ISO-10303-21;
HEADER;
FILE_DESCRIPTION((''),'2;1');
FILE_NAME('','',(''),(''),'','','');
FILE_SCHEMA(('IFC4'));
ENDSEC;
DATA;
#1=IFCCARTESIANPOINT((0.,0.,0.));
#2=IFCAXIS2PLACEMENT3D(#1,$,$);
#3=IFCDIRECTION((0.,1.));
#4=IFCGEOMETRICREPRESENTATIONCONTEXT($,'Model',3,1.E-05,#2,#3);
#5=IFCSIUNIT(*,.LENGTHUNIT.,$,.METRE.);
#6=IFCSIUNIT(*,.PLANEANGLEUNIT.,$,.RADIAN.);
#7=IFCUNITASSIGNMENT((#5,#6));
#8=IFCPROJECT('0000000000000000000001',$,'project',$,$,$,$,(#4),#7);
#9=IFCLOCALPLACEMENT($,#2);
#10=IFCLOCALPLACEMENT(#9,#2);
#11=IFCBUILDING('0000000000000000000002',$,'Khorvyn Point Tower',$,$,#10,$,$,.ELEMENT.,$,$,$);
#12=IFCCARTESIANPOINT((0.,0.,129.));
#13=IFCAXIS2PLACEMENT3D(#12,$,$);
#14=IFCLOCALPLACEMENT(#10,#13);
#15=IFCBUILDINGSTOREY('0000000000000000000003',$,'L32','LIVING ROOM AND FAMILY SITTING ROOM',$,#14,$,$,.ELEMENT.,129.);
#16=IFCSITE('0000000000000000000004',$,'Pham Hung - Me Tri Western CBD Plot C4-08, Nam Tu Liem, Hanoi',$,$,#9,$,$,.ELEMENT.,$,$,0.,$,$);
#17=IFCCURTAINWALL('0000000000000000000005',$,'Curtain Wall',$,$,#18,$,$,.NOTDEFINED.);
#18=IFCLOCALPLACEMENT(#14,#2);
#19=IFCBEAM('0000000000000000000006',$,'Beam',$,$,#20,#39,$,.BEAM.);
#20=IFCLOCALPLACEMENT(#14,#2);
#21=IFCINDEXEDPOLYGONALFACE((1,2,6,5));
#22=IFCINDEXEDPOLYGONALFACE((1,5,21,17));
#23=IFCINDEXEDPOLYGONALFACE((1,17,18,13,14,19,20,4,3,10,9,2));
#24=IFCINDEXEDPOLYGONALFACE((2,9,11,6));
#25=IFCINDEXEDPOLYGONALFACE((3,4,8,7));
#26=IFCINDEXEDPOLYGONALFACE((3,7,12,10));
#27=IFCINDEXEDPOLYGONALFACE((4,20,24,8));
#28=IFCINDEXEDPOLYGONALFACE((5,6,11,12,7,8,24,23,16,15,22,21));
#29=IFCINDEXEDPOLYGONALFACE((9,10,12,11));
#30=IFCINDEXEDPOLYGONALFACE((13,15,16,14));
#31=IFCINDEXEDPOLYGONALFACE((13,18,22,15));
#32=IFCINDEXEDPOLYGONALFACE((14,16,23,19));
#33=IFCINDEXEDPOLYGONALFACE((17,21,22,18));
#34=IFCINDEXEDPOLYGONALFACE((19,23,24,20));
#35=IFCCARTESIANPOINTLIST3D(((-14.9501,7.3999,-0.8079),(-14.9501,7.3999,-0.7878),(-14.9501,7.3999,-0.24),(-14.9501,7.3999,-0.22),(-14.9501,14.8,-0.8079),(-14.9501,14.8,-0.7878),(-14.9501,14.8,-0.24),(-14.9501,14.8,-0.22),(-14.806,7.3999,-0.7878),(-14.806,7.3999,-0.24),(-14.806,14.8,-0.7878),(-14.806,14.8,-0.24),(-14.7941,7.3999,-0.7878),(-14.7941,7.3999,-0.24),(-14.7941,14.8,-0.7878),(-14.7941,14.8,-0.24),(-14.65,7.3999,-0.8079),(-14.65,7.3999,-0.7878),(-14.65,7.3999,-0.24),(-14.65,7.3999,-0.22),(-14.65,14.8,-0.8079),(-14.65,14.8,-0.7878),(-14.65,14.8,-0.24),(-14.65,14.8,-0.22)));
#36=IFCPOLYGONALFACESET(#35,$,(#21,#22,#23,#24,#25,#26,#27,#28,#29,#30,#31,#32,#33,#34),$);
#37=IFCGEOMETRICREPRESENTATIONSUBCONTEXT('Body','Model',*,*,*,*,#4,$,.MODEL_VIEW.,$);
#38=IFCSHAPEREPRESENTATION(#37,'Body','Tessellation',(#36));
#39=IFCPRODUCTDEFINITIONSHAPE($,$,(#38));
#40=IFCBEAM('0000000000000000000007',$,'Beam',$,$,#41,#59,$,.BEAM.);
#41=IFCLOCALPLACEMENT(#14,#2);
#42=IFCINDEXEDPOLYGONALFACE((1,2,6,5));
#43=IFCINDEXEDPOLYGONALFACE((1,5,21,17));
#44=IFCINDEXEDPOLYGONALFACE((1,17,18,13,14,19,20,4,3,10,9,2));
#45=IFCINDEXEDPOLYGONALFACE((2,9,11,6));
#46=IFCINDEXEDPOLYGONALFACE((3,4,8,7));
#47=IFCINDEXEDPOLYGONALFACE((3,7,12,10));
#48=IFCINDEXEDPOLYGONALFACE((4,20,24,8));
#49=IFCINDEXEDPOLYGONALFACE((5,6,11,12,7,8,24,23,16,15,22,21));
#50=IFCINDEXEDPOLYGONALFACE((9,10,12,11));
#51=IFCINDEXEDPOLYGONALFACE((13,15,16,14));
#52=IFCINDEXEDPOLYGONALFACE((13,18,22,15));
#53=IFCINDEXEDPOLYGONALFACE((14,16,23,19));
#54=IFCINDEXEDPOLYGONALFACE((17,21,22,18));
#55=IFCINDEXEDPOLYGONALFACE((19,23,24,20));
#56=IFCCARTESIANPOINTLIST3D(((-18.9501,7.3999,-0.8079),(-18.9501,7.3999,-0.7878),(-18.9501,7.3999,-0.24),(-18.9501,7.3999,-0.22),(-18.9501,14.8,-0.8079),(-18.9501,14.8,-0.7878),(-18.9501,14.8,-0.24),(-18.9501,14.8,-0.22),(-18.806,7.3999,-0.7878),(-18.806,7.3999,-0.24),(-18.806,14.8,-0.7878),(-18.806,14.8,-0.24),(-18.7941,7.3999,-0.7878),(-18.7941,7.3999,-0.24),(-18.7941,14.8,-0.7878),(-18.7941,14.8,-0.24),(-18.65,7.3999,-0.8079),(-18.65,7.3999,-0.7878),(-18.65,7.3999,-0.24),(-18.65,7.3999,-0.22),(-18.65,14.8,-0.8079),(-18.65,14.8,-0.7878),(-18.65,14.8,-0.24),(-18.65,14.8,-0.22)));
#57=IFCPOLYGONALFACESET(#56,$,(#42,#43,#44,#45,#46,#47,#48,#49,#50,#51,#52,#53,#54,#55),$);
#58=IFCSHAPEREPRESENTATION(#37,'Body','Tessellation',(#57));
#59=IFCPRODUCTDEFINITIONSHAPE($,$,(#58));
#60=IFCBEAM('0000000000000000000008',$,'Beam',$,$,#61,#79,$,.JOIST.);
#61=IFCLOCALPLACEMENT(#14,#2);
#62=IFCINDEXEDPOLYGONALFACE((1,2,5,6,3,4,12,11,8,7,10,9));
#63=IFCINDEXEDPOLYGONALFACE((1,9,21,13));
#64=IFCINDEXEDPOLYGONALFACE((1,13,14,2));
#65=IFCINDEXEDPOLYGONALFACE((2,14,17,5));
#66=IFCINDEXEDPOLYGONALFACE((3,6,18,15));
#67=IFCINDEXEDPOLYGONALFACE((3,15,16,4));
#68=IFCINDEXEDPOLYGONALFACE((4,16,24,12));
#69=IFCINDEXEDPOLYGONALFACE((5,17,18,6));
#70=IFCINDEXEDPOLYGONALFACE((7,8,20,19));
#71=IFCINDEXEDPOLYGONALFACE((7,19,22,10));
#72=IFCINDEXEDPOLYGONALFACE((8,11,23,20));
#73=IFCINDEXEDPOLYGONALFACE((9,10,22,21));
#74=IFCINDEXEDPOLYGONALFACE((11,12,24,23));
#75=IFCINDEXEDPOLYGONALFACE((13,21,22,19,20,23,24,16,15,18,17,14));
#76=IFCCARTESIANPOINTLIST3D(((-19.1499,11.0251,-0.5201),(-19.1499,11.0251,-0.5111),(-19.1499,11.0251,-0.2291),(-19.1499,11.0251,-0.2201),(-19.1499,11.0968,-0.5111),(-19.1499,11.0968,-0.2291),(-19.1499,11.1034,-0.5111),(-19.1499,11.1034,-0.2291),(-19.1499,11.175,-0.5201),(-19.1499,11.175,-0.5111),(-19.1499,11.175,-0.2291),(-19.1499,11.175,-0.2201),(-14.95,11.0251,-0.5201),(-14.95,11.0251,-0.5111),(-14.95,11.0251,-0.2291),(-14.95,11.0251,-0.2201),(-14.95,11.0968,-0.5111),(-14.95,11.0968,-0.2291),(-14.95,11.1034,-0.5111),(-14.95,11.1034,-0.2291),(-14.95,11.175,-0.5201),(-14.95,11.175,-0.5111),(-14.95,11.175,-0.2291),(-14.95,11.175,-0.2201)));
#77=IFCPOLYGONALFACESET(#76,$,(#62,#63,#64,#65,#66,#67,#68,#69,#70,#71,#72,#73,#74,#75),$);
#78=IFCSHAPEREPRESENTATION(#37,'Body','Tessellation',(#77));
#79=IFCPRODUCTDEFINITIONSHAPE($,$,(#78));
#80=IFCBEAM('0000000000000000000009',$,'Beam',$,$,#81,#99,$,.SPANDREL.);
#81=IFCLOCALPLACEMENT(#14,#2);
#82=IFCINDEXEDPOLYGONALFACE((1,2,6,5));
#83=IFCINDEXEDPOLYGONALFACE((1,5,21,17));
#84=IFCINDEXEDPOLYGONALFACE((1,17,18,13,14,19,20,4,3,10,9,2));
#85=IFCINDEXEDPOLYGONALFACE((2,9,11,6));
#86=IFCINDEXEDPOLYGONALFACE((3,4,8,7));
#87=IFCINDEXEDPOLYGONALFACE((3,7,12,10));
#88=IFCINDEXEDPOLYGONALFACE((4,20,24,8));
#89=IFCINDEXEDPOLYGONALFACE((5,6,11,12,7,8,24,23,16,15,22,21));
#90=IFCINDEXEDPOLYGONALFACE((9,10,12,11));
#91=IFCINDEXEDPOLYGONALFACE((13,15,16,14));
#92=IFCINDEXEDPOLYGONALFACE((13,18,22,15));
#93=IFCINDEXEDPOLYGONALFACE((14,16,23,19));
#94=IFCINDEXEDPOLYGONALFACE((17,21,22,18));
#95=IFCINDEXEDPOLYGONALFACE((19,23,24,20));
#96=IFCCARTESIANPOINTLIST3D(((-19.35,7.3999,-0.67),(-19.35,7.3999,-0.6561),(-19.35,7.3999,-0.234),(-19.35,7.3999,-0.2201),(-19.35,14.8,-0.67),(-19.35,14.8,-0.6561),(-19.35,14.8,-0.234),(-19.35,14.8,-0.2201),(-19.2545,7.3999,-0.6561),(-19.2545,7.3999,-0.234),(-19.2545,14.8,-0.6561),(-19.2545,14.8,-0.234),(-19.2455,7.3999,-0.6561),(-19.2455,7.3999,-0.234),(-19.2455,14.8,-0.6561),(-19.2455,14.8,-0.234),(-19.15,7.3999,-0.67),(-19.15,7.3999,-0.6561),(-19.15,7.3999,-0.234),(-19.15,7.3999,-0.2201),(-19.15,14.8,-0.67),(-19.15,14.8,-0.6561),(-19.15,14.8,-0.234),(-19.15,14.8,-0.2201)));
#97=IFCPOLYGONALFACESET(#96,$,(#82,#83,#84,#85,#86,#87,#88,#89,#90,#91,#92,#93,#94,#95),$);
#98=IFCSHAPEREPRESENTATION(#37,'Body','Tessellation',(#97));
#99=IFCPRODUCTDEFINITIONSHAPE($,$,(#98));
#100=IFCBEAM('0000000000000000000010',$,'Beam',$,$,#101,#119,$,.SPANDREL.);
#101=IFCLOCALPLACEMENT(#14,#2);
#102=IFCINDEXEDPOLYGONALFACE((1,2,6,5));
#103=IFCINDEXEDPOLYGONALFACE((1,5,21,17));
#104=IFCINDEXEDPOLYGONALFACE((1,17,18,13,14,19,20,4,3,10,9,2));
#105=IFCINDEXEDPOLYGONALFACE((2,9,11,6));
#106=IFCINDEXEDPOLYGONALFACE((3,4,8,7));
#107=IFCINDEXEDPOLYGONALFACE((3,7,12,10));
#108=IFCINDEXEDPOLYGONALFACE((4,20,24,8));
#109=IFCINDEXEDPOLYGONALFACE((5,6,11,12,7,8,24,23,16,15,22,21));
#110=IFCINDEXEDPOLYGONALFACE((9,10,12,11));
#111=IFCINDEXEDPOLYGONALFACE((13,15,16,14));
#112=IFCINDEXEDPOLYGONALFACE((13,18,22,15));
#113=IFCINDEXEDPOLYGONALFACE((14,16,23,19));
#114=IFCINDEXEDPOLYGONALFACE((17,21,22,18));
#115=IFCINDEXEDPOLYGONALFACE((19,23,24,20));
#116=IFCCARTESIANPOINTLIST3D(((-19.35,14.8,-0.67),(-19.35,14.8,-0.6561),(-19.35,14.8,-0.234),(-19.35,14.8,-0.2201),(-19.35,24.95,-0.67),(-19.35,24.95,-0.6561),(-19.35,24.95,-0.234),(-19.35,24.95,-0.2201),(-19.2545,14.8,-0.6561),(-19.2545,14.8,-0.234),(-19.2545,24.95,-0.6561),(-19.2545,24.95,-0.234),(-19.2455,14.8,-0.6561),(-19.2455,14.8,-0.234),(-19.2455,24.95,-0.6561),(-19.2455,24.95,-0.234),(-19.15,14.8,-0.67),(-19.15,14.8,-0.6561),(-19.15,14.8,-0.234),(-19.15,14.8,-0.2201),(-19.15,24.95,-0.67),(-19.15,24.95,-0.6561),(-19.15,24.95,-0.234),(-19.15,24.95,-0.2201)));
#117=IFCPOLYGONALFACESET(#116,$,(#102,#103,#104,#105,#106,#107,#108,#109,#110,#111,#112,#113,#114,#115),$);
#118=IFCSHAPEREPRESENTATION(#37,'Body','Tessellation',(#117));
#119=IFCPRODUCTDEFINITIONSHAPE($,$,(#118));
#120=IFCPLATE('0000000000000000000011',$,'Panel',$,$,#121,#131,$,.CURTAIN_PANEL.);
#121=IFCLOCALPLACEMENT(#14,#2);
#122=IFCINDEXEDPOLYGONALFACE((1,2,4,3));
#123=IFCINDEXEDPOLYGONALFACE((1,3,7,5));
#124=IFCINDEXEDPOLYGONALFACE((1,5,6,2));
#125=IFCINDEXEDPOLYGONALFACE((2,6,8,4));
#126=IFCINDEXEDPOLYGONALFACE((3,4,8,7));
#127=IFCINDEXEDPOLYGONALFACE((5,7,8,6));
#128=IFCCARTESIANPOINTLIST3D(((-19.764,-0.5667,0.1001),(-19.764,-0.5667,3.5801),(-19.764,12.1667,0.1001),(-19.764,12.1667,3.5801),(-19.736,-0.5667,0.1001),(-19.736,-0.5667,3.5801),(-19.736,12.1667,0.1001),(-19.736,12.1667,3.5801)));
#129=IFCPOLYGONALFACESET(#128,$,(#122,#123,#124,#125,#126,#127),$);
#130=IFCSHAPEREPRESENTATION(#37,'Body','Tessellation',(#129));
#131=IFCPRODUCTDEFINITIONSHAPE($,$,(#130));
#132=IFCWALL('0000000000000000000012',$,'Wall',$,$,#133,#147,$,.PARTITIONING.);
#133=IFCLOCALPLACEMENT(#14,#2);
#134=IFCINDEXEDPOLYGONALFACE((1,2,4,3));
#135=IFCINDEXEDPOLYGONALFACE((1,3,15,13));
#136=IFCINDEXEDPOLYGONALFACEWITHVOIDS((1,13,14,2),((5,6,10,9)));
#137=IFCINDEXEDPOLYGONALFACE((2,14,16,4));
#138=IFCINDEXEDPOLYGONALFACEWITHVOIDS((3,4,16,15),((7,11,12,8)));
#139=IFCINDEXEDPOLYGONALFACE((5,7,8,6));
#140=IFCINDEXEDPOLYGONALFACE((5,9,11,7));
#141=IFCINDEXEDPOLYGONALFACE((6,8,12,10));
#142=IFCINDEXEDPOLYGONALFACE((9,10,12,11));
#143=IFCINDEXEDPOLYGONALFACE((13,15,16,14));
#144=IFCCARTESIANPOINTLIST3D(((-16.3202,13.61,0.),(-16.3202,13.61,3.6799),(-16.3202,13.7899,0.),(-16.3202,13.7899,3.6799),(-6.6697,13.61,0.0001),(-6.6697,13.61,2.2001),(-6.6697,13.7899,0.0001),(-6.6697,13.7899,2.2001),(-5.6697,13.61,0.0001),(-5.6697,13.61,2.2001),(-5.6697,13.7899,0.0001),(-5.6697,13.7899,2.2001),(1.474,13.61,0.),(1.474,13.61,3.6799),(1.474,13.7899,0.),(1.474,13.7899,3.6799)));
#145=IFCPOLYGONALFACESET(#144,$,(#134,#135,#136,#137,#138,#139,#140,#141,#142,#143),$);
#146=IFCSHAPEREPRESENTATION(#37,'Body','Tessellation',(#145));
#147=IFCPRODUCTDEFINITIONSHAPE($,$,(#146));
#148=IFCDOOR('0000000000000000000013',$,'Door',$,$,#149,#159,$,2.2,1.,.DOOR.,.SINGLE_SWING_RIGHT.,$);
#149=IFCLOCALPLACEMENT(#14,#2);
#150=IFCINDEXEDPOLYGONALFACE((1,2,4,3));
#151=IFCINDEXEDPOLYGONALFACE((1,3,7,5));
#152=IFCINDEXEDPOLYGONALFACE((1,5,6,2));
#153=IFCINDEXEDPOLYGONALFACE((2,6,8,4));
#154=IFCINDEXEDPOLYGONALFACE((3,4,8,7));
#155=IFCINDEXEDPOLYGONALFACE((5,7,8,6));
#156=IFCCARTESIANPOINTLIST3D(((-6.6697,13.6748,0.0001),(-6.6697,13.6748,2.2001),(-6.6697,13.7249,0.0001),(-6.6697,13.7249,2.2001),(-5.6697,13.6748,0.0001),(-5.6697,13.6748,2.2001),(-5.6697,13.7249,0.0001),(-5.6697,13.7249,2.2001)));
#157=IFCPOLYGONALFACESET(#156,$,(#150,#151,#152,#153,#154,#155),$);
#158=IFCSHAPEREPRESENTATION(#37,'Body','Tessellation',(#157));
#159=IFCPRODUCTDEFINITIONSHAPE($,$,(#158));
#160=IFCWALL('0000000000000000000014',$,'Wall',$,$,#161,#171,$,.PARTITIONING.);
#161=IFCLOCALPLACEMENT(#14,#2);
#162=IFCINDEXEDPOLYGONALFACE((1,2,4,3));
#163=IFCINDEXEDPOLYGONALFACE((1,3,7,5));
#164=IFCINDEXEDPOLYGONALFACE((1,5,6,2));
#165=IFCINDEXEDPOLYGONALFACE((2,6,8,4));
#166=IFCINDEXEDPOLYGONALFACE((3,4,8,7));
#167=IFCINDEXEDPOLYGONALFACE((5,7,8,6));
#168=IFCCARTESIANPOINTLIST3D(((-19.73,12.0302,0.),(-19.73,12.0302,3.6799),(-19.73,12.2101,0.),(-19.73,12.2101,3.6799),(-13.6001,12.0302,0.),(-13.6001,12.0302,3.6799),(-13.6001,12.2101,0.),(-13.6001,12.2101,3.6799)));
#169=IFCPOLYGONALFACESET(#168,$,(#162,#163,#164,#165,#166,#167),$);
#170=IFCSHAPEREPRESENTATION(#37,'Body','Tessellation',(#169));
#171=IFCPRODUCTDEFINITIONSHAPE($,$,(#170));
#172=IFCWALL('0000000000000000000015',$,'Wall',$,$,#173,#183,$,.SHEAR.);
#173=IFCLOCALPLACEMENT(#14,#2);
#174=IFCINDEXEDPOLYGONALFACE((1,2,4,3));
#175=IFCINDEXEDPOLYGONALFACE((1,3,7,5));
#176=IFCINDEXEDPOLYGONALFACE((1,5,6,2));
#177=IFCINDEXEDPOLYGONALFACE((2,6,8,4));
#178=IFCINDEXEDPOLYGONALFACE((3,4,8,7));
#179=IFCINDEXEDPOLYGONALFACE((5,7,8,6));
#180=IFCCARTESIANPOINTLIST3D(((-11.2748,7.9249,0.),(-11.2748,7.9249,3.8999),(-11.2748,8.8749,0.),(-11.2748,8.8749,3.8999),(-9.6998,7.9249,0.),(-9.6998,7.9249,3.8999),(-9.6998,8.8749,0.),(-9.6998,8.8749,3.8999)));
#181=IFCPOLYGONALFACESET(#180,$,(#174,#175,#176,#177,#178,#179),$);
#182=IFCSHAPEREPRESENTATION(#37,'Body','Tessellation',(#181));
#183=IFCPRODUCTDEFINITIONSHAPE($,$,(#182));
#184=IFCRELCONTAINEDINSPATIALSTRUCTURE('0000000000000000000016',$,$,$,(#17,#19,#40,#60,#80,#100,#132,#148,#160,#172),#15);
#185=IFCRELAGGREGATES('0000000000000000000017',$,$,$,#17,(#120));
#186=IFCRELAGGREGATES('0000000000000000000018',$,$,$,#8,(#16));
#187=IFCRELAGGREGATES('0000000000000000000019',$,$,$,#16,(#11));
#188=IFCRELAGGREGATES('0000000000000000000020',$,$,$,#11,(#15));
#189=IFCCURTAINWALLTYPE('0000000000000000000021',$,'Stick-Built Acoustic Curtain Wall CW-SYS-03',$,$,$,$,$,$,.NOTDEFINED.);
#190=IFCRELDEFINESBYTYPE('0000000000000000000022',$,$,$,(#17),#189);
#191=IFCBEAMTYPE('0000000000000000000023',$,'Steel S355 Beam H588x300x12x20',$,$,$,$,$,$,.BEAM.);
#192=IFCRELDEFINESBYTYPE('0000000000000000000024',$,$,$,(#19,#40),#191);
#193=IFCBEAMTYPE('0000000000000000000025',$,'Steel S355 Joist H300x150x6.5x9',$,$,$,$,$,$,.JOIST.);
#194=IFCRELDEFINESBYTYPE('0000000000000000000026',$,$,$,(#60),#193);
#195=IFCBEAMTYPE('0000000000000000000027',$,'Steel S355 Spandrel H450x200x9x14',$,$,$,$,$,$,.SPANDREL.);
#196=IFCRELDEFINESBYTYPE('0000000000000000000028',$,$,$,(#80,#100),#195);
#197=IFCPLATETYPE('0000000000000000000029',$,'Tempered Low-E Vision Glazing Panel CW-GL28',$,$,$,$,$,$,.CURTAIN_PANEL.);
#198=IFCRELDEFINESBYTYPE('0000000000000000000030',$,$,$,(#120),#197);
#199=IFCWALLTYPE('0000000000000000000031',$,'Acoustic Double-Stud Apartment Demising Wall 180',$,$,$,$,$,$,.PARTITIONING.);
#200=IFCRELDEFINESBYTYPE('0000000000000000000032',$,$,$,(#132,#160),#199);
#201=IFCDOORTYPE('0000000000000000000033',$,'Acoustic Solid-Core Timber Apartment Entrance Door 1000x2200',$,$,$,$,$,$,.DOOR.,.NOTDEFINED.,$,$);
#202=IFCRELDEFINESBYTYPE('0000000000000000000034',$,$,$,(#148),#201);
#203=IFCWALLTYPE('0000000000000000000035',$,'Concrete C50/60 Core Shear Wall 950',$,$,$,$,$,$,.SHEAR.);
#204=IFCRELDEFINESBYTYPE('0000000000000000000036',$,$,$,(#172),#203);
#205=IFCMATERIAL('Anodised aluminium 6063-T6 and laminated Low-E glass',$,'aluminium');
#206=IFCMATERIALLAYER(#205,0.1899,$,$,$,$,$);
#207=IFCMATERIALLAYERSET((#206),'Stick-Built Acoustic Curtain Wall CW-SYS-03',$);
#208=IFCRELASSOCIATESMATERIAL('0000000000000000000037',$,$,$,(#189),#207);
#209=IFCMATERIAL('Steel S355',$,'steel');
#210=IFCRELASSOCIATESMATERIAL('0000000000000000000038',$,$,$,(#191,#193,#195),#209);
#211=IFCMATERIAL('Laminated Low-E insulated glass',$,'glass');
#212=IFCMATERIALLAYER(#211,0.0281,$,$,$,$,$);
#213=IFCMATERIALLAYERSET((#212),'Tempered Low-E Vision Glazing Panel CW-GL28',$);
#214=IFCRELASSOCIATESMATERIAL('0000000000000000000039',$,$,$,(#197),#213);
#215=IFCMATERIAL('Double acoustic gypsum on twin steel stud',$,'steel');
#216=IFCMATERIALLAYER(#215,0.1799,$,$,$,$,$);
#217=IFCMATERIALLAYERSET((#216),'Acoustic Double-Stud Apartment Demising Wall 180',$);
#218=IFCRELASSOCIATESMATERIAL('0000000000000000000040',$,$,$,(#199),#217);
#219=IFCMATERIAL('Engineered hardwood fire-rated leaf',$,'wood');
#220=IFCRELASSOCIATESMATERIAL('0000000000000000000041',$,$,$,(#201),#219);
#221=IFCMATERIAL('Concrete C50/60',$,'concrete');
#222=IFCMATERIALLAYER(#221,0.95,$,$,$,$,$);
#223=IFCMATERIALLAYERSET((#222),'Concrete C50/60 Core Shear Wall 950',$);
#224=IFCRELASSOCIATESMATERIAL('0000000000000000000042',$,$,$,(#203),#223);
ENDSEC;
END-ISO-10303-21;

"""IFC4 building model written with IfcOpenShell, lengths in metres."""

from ifc_helpers import new_model, si_unit, direction, frame, frame_2d, origin, origin_2d, place, context, subcontext, project, spatial, rectangle, i_section, extrude, material, layer, layer_set, material_profile, profile_set, type_object, element, fill, aggregate, save


model = new_model("IFC4")

# Units and contexts
model_context = context("Model", 3, precision=1e-05, world=origin(), true_north=direction((0.0, 1.0)))
body_context = subcontext(model_context, "Body", "Model", "MODEL_VIEW")
ifc_project = project(units=[si_unit("LENGTHUNIT", "METRE"), si_unit("PLANEANGLEUNIT", "RADIAN")], contexts=[model_context])

# Site, building, storey
site_placement = place(None, origin())
site = spatial("IfcSite", under=ifc_project, at=site_placement, Name="Pham Hung - Me Tri Western CBD Plot C4-08, Nam Tu Liem, Hanoi", CompositionType="ELEMENT", RefElevation=0.0)
building_placement = place(site_placement, origin())
building = spatial("IfcBuilding", under=site, at=building_placement, Name="Khorvyn Point Tower", CompositionType="ELEMENT")
storey_placement = place(building_placement, frame((0.0, 0.0, 129.0)))
storey = spatial("IfcBuildingStorey", under=building, at=storey_placement, Name="L32", Description="LIVING ROOM AND FAMILY SITTING ROOM", CompositionType="ELEMENT", Elevation=129.0)

# Shared definitions
ifc_material_1 = material(Name="Concrete C50/60", Category="concrete")

# Curtain wall
ifc_material_2 = material(Name="Anodised aluminium 6063-T6 and laminated Low-E glass", Category="aluminium")
ifc_layer_1 = layer(ifc_material_2, 0.1899)
ifc_layer_set_1 = layer_set([ifc_layer_1], Name="Stick-Built Acoustic Curtain Wall CW-SYS-03")
curtain_wall_type = type_object("IfcCurtainWallType", Name="Stick-Built Acoustic Curtain Wall CW-SYS-03", PredefinedType="NOTDEFINED", material=ifc_layer_set_1)
curtain_wall_placement = place(storey_placement, origin())
curtain_wall = element("IfcCurtainWall", 1, at=curtain_wall_placement, inside=storey, type_object=curtain_wall_type, Name="Curtain Wall", PredefinedType="NOTDEFINED")

# Beams
ifc_material_3 = material(Name="Steel S355", Category="steel")
ifc_material_profile_1 = material_profile(ifc_material_3, i_section(OverallWidth=0.3, OverallDepth=0.5879, WebThickness=0.012, FlangeThickness=0.02, at=origin_2d()))
ifc_profile_set_1 = profile_set([ifc_material_profile_1], Name="Steel S355 H588x300x12x20")
beam_type_1 = type_object("IfcBeamType", Name="Steel S355 Beam H588x300x12x20", PredefinedType="BEAM", material=ifc_profile_set_1)
for number, where, z_axis, x_axis, name in (
    (2, (-14.8, 7.3999, -0.5139), (0.0, 1.0, 0.0), (-1.0, 0.0, 0.0), "Beam"),
    (3, (-18.8, 7.3999, -0.5139), (0.0, 1.0, 0.0), (-1.0, 0.0, 0.0), "Beam"),
):
    element("IfcBeam", number, at=place(storey_placement, frame(where, z_axis=z_axis, x_axis=x_axis)), inside=storey, type_object=beam_type_1, Name=name, PredefinedType="BEAM", context=body_context, shape_type="SweptSolid", body=[
        extrude(i_section(OverallWidth=0.3, OverallDepth=0.5879, WebThickness=0.012, FlangeThickness=0.02, at=origin_2d()), origin(), (0.0, 0.0, 1.0), 7.4001),
    ])
ifc_material_profile_2 = material_profile(ifc_material_3, i_section(OverallWidth=0.1499, OverallDepth=0.3, WebThickness=0.0066, FlangeThickness=0.009, at=origin_2d()))
ifc_profile_set_2 = profile_set([ifc_material_profile_2], Name="Steel S355 H300x150x6.5x9")
beam_type_2 = type_object("IfcBeamType", Name="Steel S355 Joist H300x150x6.5x9", PredefinedType="JOIST", material=ifc_profile_set_2)
beam_1_placement = place(storey_placement, frame((-19.1499, 11.1001, -0.3701), z_axis=(1.0, 0.0, 0.0), x_axis=(0.0, 1.0, 0.0)))
element("IfcBeam", 4, at=beam_1_placement, inside=storey, type_object=beam_type_2, Name="Beam", PredefinedType="JOIST", context=body_context, shape_type="SweptSolid", body=[
    extrude(i_section(OverallWidth=0.1499, OverallDepth=0.3, WebThickness=0.0066, FlangeThickness=0.009, at=origin_2d()), origin(), (0.0, 0.0, 1.0), 4.2),
])
ifc_material_profile_3 = material_profile(ifc_material_3, i_section(OverallWidth=0.2, OverallDepth=0.45, WebThickness=0.009, FlangeThickness=0.0139, at=origin_2d()))
ifc_profile_set_3 = profile_set([ifc_material_profile_3], Name="Steel S355 H450x200x9x14")
beam_type_3 = type_object("IfcBeamType", Name="Steel S355 Spandrel H450x200x9x14", PredefinedType="SPANDREL", material=ifc_profile_set_3)
beam_2_placement = place(storey_placement, frame((-19.25, 7.3999, -0.4451), z_axis=(0.0, 1.0, 0.0), x_axis=(-1.0, 0.0, 0.0)))
element("IfcBeam", 5, at=beam_2_placement, inside=storey, type_object=beam_type_3, Name="Beam", PredefinedType="SPANDREL", context=body_context, shape_type="SweptSolid", body=[
    extrude(i_section(OverallWidth=0.2, OverallDepth=0.45, WebThickness=0.009, FlangeThickness=0.0139, at=origin_2d()), origin(), (0.0, 0.0, 1.0), 7.4001),
])
beam_3_placement = place(storey_placement, frame((-19.25, 14.8, -0.4451), z_axis=(0.0, 1.0, 0.0), x_axis=(-1.0, 0.0, 0.0)))
element("IfcBeam", 6, at=beam_3_placement, inside=storey, type_object=beam_type_3, Name="Beam", PredefinedType="SPANDREL", context=body_context, shape_type="SweptSolid", body=[
    extrude(i_section(OverallWidth=0.2, OverallDepth=0.45, WebThickness=0.009, FlangeThickness=0.0139, at=origin_2d()), origin(), (0.0, 0.0, 1.0), 10.1499),
])

# Plate
ifc_material_4 = material(Name="Laminated Low-E insulated glass", Category="glass")
ifc_layer_2 = layer(ifc_material_4, 0.0281)
ifc_layer_set_2 = layer_set([ifc_layer_2], Name="Tempered Low-E Vision Glazing Panel CW-GL28")
plate_type = type_object("IfcPlateType", Name="Tempered Low-E Vision Glazing Panel CW-GL28", PredefinedType="CURTAIN_PANEL", material=ifc_layer_set_2)
plate_placement = place(storey_placement, frame((-19.75, 5.8, 0.1001), z_axis=(0.0, 0.0, 1.0), x_axis=(0.0, 1.0, 0.0)))
plate = element("IfcPlate", 7, at=plate_placement, type_object=plate_type, Name="Panel", PredefinedType="CURTAIN_PANEL", context=body_context, shape_type="SweptSolid", body=[
    extrude(rectangle(XDim=12.7334, YDim=0.0281, at=origin_2d()), origin(), (0.0, 0.0, 1.0), 3.48),
])
aggregate(curtain_wall, [plate])

# Wall, opening, door
ifc_material_5 = material(Name="Double acoustic gypsum on twin steel stud", Category="steel")
ifc_layer_3 = layer(ifc_material_5, 0.1799)
ifc_layer_set_3 = layer_set([ifc_layer_3], Name="Acoustic Double-Stud Apartment Demising Wall 180")
wall_type_1 = type_object("IfcWallType", Name="Acoustic Double-Stud Apartment Demising Wall 180", PredefinedType="PARTITIONING", material=ifc_layer_set_3)
wall_1_placement = place(storey_placement, frame((-16.3201, 13.7, 0.0), z_axis=(0.0, 0.0, 1.0), x_axis=(1.0, 0.0, 0.0)))
wall_1 = element("IfcWall", 8, at=wall_1_placement, inside=storey, type_object=wall_type_1, Name="Wall", PredefinedType="PARTITIONING", context=body_context, shape_type="SweptSolid", body=[
    extrude(rectangle(XDim=17.7942, YDim=0.1799, at=frame_2d((8.897, 0.0))), origin(), (0.0, 0.0, 1.0), 3.6799),
])
opening_1_placement = place(wall_1_placement, frame((9.6504, 0.0, 0.0)))
opening_1 = element("IfcOpeningElement", 9, at=opening_1_placement, cuts=wall_1, PredefinedType="OPENING", context=body_context, shape_type="SweptSolid", body=[
    extrude(rectangle(XDim=1.0, YDim=2.2, at=frame_2d((0.5, 1.1001))), frame((0.0, 0.0999, 0.0), z_axis=(0.0, -1.0, 0.0), x_axis=(1.0, 0.0, 0.0)), (0.0, 0.0, 1.0), 0.2),
])
ifc_material_6 = material(Name="Engineered hardwood fire-rated leaf", Category="wood")
door_type_1 = type_object("IfcDoorType", Name="Acoustic Solid-Core Timber Apartment Entrance Door 1000x2200", OperationType="NOTDEFINED", PredefinedType="DOOR", material=ifc_material_6)
door_1_placement = place(opening_1_placement, origin())
door_1 = element("IfcDoor", 10, at=door_1_placement, inside=storey, type_object=door_type_1, Name="Door", OperationType="SINGLE_SWING_RIGHT", OverallHeight=2.2, OverallWidth=1.0, PredefinedType="DOOR", context=body_context, shape_type="SweptSolid", body=[
    extrude(rectangle(XDim=1.0, YDim=2.2, at=frame_2d((0.5, 1.1001))), frame((0.0, 0.0249, 0.0), z_axis=(0.0, -1.0, 0.0), x_axis=(1.0, 0.0, 0.0)), (0.0, 0.0, 1.0), 0.05),
])
fill(opening_1, door_1)

# Walls
wall_2_placement = place(storey_placement, frame((-19.73, 12.1201, 0.0), z_axis=(0.0, 0.0, 1.0), x_axis=(1.0, 0.0, 0.0)))
element("IfcWall", 11, at=wall_2_placement, inside=storey, type_object=wall_type_1, Name="Wall", PredefinedType="PARTITIONING", context=body_context, shape_type="SweptSolid", body=[
    extrude(rectangle(XDim=6.1299, YDim=0.1799, at=frame_2d((3.0649, 0.0))), origin(), (0.0, 0.0, 1.0), 3.6799),
])
ifc_layer_4 = layer(ifc_material_1, 0.95)
ifc_layer_set_4 = layer_set([ifc_layer_4], Name="Concrete C50/60 Core Shear Wall 950")
wall_type_2 = type_object("IfcWallType", Name="Concrete C50/60 Core Shear Wall 950", PredefinedType="SHEAR", material=ifc_layer_set_4)
wall_3_placement = place(storey_placement, frame((-11.2749, 8.3999, 0.0), z_axis=(0.0, 0.0, 1.0), x_axis=(1.0, 0.0, 0.0)))
element("IfcWall", 12, at=wall_3_placement, inside=storey, type_object=wall_type_2, Name="Wall", PredefinedType="SHEAR", context=body_context, shape_type="SweptSolid", body=[
    extrude(rectangle(XDim=1.575, YDim=0.95, at=frame_2d((0.7876, 0.0))), origin(), (0.0, 0.0, 1.0), 3.8999),
])

save(model, "model.ifc")
